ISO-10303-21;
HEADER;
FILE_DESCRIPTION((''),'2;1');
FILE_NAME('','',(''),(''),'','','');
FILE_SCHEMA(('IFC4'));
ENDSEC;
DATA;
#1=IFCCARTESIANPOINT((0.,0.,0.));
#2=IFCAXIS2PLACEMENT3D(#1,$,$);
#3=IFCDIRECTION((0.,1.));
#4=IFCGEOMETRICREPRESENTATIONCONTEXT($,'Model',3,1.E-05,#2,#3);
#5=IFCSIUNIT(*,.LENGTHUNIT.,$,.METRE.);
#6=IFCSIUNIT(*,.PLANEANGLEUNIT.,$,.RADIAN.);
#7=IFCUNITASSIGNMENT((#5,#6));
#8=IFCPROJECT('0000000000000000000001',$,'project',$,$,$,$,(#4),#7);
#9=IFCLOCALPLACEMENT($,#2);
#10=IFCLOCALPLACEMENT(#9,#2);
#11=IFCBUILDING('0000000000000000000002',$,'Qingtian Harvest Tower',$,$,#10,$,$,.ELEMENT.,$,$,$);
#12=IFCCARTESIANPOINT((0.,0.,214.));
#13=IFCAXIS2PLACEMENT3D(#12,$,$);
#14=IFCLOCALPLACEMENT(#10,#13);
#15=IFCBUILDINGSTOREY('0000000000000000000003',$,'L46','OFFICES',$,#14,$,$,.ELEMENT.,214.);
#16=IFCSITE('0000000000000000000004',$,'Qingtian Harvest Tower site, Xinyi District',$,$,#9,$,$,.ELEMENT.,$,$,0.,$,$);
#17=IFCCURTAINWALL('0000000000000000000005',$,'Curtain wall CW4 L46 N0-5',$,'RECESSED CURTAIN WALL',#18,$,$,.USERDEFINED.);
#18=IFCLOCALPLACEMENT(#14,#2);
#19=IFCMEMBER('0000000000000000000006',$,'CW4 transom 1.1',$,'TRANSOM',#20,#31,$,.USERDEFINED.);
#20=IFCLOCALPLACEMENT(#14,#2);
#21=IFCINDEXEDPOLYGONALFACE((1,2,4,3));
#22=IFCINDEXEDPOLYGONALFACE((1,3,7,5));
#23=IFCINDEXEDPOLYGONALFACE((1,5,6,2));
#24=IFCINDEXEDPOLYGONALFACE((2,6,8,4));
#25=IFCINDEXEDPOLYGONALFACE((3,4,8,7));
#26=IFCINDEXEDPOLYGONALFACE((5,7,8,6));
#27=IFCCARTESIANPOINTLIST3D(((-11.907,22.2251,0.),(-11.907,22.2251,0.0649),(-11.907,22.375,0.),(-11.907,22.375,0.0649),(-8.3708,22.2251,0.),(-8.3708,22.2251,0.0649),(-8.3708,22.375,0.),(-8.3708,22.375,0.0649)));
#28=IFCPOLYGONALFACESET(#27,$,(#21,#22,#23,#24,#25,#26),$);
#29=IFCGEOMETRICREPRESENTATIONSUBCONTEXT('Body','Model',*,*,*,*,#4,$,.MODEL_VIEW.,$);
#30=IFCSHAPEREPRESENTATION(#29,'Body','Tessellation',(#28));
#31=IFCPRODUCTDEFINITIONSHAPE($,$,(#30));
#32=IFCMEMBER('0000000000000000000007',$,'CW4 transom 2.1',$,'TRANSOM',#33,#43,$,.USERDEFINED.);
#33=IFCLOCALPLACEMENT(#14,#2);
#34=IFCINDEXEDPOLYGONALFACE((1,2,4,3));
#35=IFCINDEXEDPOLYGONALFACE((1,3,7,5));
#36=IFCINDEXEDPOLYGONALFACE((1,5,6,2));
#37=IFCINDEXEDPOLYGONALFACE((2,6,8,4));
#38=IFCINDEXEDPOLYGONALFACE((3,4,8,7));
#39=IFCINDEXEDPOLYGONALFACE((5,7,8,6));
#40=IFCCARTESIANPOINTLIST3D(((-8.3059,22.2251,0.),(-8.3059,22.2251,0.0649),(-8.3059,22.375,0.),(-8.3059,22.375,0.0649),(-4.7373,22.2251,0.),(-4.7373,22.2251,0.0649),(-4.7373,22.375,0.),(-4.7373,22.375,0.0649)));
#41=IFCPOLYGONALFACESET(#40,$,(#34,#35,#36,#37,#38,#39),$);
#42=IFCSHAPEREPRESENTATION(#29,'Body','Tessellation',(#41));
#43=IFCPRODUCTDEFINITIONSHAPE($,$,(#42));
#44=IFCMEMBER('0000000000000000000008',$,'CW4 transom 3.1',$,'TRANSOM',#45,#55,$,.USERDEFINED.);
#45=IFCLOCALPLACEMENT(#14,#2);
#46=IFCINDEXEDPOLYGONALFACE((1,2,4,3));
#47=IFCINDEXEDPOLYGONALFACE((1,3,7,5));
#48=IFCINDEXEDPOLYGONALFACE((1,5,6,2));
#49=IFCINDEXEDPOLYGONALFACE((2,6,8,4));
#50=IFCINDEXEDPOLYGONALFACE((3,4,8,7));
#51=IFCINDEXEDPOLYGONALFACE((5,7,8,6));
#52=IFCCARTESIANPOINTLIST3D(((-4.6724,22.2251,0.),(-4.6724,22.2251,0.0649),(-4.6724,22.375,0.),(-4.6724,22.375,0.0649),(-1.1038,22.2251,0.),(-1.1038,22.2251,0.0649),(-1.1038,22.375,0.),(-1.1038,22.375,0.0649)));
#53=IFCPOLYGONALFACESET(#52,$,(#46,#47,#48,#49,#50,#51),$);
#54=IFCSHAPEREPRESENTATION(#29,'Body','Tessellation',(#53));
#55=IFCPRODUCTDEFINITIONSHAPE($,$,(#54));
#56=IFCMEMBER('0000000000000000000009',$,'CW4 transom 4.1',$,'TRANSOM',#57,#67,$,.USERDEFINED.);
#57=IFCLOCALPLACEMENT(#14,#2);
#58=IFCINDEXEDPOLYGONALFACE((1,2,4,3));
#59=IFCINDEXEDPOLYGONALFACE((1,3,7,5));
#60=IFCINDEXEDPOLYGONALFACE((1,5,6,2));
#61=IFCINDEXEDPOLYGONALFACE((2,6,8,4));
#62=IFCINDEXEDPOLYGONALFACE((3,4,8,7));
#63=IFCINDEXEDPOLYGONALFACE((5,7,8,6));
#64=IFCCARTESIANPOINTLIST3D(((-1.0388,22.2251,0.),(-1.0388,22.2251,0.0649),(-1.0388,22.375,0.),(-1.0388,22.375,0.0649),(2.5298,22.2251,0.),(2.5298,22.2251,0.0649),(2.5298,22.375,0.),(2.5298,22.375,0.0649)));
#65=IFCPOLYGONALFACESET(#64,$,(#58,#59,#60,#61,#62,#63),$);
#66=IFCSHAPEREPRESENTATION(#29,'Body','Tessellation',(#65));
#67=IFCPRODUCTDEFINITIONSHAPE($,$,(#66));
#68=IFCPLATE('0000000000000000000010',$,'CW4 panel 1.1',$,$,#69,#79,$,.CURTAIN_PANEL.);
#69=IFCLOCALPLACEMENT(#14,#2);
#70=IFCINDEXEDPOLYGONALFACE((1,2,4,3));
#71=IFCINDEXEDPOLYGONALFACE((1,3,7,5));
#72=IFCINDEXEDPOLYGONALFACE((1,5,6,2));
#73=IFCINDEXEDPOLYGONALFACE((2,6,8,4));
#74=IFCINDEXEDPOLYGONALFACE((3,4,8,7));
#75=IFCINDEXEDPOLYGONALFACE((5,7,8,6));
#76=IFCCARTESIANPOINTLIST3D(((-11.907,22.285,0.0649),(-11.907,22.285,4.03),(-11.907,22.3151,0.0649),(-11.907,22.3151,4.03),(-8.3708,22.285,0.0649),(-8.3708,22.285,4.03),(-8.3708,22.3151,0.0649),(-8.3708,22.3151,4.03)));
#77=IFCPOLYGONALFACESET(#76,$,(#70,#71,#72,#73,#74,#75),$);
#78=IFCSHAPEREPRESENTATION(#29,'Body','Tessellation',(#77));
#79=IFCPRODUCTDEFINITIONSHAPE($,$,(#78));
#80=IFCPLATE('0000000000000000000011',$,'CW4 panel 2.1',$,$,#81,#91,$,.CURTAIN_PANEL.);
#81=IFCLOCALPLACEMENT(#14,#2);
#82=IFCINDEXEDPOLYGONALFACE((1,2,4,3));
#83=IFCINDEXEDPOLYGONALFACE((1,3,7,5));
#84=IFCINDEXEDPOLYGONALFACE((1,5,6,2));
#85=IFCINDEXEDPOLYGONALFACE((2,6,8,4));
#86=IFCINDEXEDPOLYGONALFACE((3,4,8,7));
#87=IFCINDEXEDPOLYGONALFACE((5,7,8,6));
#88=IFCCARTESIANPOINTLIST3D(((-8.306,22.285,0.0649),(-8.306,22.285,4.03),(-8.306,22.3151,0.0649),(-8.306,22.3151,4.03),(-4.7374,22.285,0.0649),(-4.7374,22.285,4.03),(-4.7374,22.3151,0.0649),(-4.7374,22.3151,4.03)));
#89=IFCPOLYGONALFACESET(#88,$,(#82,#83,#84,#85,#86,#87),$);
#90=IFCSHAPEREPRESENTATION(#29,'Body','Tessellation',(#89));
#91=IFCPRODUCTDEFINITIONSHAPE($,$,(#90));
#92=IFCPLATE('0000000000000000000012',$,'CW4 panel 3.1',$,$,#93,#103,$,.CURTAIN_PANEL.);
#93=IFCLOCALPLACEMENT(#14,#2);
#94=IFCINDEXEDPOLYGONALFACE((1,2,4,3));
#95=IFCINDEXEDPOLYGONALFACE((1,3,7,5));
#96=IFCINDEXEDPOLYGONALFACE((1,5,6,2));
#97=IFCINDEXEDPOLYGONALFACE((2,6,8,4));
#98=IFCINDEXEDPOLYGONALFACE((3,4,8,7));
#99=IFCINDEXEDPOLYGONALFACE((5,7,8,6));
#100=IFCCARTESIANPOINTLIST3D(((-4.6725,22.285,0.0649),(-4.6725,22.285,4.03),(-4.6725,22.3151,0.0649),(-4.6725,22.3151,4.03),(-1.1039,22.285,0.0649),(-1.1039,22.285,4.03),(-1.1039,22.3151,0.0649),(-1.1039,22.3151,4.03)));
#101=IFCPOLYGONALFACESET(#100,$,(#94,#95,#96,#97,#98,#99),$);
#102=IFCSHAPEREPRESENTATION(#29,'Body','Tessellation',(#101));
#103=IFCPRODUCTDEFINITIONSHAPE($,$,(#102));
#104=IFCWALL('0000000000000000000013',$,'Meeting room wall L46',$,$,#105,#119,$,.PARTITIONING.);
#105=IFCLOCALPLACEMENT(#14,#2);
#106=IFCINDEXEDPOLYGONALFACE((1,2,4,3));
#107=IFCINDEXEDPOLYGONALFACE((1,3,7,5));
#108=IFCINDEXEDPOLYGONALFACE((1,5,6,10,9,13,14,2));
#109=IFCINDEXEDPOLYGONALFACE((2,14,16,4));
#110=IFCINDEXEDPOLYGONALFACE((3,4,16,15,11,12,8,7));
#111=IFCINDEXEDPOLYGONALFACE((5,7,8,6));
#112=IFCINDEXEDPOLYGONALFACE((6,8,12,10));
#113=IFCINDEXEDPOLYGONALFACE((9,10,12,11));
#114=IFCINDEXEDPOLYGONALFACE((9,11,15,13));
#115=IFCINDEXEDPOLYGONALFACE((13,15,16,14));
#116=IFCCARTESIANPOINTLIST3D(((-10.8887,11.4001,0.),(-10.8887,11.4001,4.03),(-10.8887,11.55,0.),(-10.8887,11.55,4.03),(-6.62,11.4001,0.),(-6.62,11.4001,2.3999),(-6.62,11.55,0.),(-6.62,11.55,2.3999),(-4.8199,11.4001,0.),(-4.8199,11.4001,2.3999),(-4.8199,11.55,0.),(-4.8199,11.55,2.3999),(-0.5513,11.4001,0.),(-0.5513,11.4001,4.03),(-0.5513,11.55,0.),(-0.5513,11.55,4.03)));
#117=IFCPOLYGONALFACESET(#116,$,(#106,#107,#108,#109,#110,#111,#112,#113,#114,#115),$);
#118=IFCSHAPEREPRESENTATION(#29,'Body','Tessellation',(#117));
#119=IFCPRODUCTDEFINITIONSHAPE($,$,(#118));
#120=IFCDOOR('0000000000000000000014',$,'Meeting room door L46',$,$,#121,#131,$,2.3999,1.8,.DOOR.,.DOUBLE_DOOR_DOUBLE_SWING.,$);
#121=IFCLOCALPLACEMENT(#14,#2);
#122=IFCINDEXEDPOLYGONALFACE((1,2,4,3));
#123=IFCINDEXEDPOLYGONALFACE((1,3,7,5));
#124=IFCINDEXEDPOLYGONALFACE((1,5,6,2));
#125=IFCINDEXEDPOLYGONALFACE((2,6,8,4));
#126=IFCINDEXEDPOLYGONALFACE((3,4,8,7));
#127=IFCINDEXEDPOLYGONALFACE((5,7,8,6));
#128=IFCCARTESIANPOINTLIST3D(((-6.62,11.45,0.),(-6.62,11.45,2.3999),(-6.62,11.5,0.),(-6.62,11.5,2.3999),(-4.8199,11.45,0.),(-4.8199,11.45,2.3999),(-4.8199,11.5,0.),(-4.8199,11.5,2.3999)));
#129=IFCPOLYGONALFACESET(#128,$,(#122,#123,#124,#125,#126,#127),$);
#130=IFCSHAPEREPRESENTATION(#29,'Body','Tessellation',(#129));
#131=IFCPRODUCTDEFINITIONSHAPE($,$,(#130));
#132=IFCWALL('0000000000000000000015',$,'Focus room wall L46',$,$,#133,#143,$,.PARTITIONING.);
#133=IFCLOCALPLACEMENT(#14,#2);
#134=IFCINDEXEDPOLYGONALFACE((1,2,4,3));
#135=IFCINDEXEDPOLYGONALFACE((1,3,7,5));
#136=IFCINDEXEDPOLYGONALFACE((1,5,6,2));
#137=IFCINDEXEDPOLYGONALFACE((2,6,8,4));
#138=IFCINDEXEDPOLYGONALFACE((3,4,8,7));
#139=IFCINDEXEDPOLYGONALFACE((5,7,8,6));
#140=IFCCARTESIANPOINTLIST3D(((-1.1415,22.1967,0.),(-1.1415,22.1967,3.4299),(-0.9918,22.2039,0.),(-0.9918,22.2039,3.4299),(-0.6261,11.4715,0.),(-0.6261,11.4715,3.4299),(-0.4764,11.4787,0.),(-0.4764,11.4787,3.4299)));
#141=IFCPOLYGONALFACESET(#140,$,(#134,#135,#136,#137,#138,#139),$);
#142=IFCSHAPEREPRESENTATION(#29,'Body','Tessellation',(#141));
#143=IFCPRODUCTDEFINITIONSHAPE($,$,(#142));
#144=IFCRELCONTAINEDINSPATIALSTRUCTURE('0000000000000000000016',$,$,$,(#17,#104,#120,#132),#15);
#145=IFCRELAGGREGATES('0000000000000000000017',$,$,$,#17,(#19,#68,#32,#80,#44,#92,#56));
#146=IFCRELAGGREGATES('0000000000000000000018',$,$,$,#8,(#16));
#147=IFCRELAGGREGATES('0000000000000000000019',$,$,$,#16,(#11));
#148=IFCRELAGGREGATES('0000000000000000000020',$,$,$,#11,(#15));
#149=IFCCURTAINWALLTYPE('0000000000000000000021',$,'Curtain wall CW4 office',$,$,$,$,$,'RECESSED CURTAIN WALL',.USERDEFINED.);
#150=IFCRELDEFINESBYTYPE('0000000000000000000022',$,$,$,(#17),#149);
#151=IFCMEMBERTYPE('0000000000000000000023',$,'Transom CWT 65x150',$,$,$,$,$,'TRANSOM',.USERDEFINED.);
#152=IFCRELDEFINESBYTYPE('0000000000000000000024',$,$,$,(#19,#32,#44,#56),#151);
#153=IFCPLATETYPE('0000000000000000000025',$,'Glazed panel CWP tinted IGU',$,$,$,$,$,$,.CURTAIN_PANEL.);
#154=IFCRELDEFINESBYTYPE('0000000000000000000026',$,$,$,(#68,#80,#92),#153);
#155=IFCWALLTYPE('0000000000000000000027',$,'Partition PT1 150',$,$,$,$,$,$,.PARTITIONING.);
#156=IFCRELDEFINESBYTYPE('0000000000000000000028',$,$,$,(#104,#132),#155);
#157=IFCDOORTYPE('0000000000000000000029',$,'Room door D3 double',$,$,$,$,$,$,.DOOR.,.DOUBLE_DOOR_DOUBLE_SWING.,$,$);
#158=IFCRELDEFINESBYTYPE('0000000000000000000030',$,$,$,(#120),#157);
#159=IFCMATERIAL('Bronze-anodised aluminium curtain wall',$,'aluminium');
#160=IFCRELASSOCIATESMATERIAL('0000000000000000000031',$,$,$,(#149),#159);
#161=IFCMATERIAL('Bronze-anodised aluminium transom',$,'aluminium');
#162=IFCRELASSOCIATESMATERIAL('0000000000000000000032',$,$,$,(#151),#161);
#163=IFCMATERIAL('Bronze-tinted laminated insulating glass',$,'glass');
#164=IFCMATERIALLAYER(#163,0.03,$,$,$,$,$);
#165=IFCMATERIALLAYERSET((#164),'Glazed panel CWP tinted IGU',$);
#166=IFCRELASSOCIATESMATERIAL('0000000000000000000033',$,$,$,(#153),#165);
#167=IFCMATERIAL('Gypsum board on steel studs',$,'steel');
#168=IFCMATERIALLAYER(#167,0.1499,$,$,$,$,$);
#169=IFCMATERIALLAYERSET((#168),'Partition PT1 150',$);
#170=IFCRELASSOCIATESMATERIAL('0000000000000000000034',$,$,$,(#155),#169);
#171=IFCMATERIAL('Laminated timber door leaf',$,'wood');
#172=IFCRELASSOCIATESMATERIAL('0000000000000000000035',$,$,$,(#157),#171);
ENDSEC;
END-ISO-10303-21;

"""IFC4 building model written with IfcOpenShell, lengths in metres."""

from ifc_helpers import new_model, si_unit, direction, frame, frame_2d, origin, origin_2d, place, context, subcontext, project, spatial, rectangle, extrude, material, layer, layer_set, material_profile, profile_set, type_object, element, fill, aggregate, save


model = new_model("IFC4")

# Units and contexts
model_context = context("Model", 3, precision=1e-05, world=origin(), true_north=direction((0.0, 1.0)))
body_context = subcontext(model_context, "Body", "Model", "MODEL_VIEW")
ifc_project = project(units=[si_unit("LENGTHUNIT", "METRE"), si_unit("PLANEANGLEUNIT", "RADIAN")], contexts=[model_context])

# Site, building, storey
site_placement = place(None, origin())
site = spatial("IfcSite", under=ifc_project, at=site_placement, Name="Qingtian Harvest Tower site, Xinyi District", CompositionType="ELEMENT", RefElevation=0.0)
building_placement = place(site_placement, origin())
building = spatial("IfcBuilding", under=site, at=building_placement, Name="Qingtian Harvest Tower", CompositionType="ELEMENT")
storey_placement = place(building_placement, frame((0.0, 0.0, 214.0)))
storey = spatial("IfcBuildingStorey", under=building, at=storey_placement, Name="L46", Description="OFFICES", CompositionType="ELEMENT", Elevation=214.0)

# Curtain wall
ifc_material_1 = material(Name="Bronze-anodised aluminium curtain wall", Category="aluminium")
curtain_wall_type = type_object("IfcCurtainWallType", Name="Curtain wall CW4 office", ElementType="RECESSED CURTAIN WALL", PredefinedType="USERDEFINED", material=ifc_material_1)
curtain_wall_1_placement = place(storey_placement, origin())
curtain_wall_1 = element("IfcCurtainWall", 1, at=curtain_wall_1_placement, inside=storey, type_object=curtain_wall_type, Name="Curtain wall CW4 L46 N0-5", ObjectType="RECESSED CURTAIN WALL", PredefinedType="USERDEFINED")

# Members
ifc_material_2 = material(Name="Bronze-anodised aluminium transom", Category="aluminium")
ifc_material_profile_1 = material_profile(ifc_material_2, rectangle(XDim=0.1499, YDim=0.0649, at=origin_2d()), Name="AL 65x150")
ifc_profile_set_1 = profile_set([ifc_material_profile_1], Name="Bronze-anodised aluminium transom")
member_type_1 = type_object("IfcMemberType", Name="Transom CWT 65x150", ElementType="TRANSOM", PredefinedType="USERDEFINED", material=ifc_profile_set_1)
member_1_placement = place(storey_placement, frame((-11.907, 22.3, 0.0325), z_axis=(1.0, 0.0, 0.0), x_axis=(0.0, 1.0, 0.0)))
member_1 = element("IfcMember", 2, at=member_1_placement, type_object=member_type_1, Name="CW4 transom 1.1", ObjectType="TRANSOM", PredefinedType="USERDEFINED", context=body_context, shape_type="SweptSolid", body=[
    extrude(rectangle(XDim=0.1499, YDim=0.0649, at=origin_2d()), origin(), (0.0, 0.0, 1.0), 3.5361),
])
member_2_placement = place(storey_placement, frame((-8.3059, 22.3, 0.0325), z_axis=(1.0, 0.0, 0.0), x_axis=(0.0, 1.0, 0.0)))
member_2 = element("IfcMember", 3, at=member_2_placement, type_object=member_type_1, Name="CW4 transom 2.1", ObjectType="TRANSOM", PredefinedType="USERDEFINED", context=body_context, shape_type="SweptSolid", body=[
    extrude(rectangle(XDim=0.1499, YDim=0.0649, at=origin_2d()), origin(), (0.0, 0.0, 1.0), 3.5686),
])
member_3_placement = place(storey_placement, frame((-4.6724, 22.3, 0.0325), z_axis=(1.0, 0.0, 0.0), x_axis=(0.0, 1.0, 0.0)))
member_3 = element("IfcMember", 4, at=member_3_placement, type_object=member_type_1, Name="CW4 transom 3.1", ObjectType="TRANSOM", PredefinedType="USERDEFINED", context=body_context, shape_type="SweptSolid", body=[
    extrude(rectangle(XDim=0.1499, YDim=0.0649, at=origin_2d()), origin(), (0.0, 0.0, 1.0), 3.5686),
])
member_4_placement = place(storey_placement, frame((-1.0388, 22.3, 0.0325), z_axis=(1.0, 0.0, 0.0), x_axis=(0.0, 1.0, 0.0)))
member_4 = element("IfcMember", 5, at=member_4_placement, type_object=member_type_1, Name="CW4 transom 4.1", ObjectType="TRANSOM", PredefinedType="USERDEFINED", context=body_context, shape_type="SweptSolid", body=[
    extrude(rectangle(XDim=0.1499, YDim=0.0649, at=origin_2d()), origin(), (0.0, 0.0, 1.0), 3.5686),
])

# Plates
ifc_material_3 = material(Name="Bronze-tinted laminated insulating glass", Category="glass")
ifc_layer_1 = layer(ifc_material_3, 0.03)
ifc_layer_set_1 = layer_set([ifc_layer_1], Name="Glazed panel CWP tinted IGU")
plate_type = type_object("IfcPlateType", Name="Glazed panel CWP tinted IGU", PredefinedType="CURTAIN_PANEL", material=ifc_layer_set_1)
plate_1_placement = place(storey_placement, frame((-10.1389, 22.3, 0.0649), z_axis=(0.0, 0.0, 1.0), x_axis=(1.0, 0.0, 0.0)))
plate_1 = element("IfcPlate", 6, at=plate_1_placement, type_object=plate_type, Name="CW4 panel 1.1", PredefinedType="CURTAIN_PANEL", context=body_context, shape_type="SweptSolid", body=[
    extrude(rectangle(XDim=3.5361, YDim=0.03, at=origin_2d()), origin(), (0.0, 0.0, 1.0), 3.9651),
])
plate_2_placement = place(storey_placement, frame((-6.5217, 22.3, 0.0649), z_axis=(0.0, 0.0, 1.0), x_axis=(1.0, 0.0, 0.0)))
plate_2 = element("IfcPlate", 7, at=plate_2_placement, type_object=plate_type, Name="CW4 panel 2.1", PredefinedType="CURTAIN_PANEL", context=body_context, shape_type="SweptSolid", body=[
    extrude(rectangle(XDim=3.5686, YDim=0.03, at=origin_2d()), origin(), (0.0, 0.0, 1.0), 3.9651),
])
plate_3_placement = place(storey_placement, frame((-2.8882, 22.3, 0.0649), z_axis=(0.0, 0.0, 1.0), x_axis=(1.0, 0.0, 0.0)))
plate_3 = element("IfcPlate", 8, at=plate_3_placement, type_object=plate_type, Name="CW4 panel 3.1", PredefinedType="CURTAIN_PANEL", context=body_context, shape_type="SweptSolid", body=[
    extrude(rectangle(XDim=3.5686, YDim=0.03, at=origin_2d()), origin(), (0.0, 0.0, 1.0), 3.9651),
])
aggregate(curtain_wall_1, [member_1, plate_1, member_2, plate_2, member_3, plate_3, member_4])

# Wall, opening, door
ifc_material_4 = material(Name="Gypsum board on steel studs", Category="steel")
ifc_layer_2 = layer(ifc_material_4, 0.1499)
ifc_layer_set_2 = layer_set([ifc_layer_2], Name="Partition PT1 150")
wall_type = type_object("IfcWallType", Name="Partition PT1 150", PredefinedType="PARTITIONING", material=ifc_layer_set_2)
wall_1_placement = place(storey_placement, frame((-10.8887, 11.4751, 0.0), z_axis=(0.0, 0.0, 1.0), x_axis=(1.0, 0.0, 0.0)))
wall_1 = element("IfcWall", 9, at=wall_1_placement, inside=storey, type_object=wall_type, Name="Meeting room wall L46", PredefinedType="PARTITIONING", context=body_context, shape_type="SweptSolid", body=[
    extrude(rectangle(XDim=10.3374, YDim=0.1499, at=frame_2d((5.1687, 0.0))), origin(), (0.0, 0.0, 1.0), 4.03),
])
opening_1_placement = place(wall_1_placement, frame((4.2688, 0.0, 0.0)))
opening_1 = element("IfcOpeningElement", 10, at=opening_1_placement, cuts=wall_1, PredefinedType="OPENING", context=body_context, shape_type="SweptSolid", body=[
    extrude(rectangle(XDim=1.8, YDim=2.3999, at=frame_2d((0.8999, 1.2))), frame((0.0, 0.085, 0.0), z_axis=(0.0, -1.0, 0.0), x_axis=(1.0, 0.0, 0.0)), (0.0, 0.0, 1.0), 0.1699),
])
ifc_material_5 = material(Name="Laminated timber door leaf", Category="wood")
door_type_1 = type_object("IfcDoorType", Name="Room door D3 double", OperationType="DOUBLE_DOOR_DOUBLE_SWING", PredefinedType="DOOR", material=ifc_material_5)
door_1_placement = place(opening_1_placement, origin())
door_1 = element("IfcDoor", 11, at=door_1_placement, inside=storey, type_object=door_type_1, Name="Meeting room door L46", OperationType="DOUBLE_DOOR_DOUBLE_SWING", OverallHeight=2.3999, OverallWidth=1.8, PredefinedType="DOOR", context=body_context, shape_type="SweptSolid", body=[
    extrude(rectangle(XDim=1.8, YDim=2.3999, at=frame_2d((0.8999, 1.2))), frame((0.0, 0.0249, 0.0), z_axis=(0.0, -1.0, 0.0), x_axis=(1.0, 0.0, 0.0)), (0.0, 0.0, 1.0), 0.05),
])
fill(opening_1, door_1)

# Wall
wall_2_placement = place(storey_placement, frame((-1.0667, 22.2002, 0.0), z_axis=(0.0, 0.0, 1.0), x_axis=(0.047998, -0.998847, 0.0)))
element("IfcWall", 12, at=wall_2_placement, inside=storey, type_object=wall_type, Name="Focus room wall L46", PredefinedType="PARTITIONING", context=body_context, shape_type="SweptSolid", body=[
    extrude(rectangle(XDim=10.7375, YDim=0.1499, at=frame_2d((5.3687, 0.0))), origin(), (0.0, 0.0, 1.0), 3.4299),
])

save(model, "model.ifc")
